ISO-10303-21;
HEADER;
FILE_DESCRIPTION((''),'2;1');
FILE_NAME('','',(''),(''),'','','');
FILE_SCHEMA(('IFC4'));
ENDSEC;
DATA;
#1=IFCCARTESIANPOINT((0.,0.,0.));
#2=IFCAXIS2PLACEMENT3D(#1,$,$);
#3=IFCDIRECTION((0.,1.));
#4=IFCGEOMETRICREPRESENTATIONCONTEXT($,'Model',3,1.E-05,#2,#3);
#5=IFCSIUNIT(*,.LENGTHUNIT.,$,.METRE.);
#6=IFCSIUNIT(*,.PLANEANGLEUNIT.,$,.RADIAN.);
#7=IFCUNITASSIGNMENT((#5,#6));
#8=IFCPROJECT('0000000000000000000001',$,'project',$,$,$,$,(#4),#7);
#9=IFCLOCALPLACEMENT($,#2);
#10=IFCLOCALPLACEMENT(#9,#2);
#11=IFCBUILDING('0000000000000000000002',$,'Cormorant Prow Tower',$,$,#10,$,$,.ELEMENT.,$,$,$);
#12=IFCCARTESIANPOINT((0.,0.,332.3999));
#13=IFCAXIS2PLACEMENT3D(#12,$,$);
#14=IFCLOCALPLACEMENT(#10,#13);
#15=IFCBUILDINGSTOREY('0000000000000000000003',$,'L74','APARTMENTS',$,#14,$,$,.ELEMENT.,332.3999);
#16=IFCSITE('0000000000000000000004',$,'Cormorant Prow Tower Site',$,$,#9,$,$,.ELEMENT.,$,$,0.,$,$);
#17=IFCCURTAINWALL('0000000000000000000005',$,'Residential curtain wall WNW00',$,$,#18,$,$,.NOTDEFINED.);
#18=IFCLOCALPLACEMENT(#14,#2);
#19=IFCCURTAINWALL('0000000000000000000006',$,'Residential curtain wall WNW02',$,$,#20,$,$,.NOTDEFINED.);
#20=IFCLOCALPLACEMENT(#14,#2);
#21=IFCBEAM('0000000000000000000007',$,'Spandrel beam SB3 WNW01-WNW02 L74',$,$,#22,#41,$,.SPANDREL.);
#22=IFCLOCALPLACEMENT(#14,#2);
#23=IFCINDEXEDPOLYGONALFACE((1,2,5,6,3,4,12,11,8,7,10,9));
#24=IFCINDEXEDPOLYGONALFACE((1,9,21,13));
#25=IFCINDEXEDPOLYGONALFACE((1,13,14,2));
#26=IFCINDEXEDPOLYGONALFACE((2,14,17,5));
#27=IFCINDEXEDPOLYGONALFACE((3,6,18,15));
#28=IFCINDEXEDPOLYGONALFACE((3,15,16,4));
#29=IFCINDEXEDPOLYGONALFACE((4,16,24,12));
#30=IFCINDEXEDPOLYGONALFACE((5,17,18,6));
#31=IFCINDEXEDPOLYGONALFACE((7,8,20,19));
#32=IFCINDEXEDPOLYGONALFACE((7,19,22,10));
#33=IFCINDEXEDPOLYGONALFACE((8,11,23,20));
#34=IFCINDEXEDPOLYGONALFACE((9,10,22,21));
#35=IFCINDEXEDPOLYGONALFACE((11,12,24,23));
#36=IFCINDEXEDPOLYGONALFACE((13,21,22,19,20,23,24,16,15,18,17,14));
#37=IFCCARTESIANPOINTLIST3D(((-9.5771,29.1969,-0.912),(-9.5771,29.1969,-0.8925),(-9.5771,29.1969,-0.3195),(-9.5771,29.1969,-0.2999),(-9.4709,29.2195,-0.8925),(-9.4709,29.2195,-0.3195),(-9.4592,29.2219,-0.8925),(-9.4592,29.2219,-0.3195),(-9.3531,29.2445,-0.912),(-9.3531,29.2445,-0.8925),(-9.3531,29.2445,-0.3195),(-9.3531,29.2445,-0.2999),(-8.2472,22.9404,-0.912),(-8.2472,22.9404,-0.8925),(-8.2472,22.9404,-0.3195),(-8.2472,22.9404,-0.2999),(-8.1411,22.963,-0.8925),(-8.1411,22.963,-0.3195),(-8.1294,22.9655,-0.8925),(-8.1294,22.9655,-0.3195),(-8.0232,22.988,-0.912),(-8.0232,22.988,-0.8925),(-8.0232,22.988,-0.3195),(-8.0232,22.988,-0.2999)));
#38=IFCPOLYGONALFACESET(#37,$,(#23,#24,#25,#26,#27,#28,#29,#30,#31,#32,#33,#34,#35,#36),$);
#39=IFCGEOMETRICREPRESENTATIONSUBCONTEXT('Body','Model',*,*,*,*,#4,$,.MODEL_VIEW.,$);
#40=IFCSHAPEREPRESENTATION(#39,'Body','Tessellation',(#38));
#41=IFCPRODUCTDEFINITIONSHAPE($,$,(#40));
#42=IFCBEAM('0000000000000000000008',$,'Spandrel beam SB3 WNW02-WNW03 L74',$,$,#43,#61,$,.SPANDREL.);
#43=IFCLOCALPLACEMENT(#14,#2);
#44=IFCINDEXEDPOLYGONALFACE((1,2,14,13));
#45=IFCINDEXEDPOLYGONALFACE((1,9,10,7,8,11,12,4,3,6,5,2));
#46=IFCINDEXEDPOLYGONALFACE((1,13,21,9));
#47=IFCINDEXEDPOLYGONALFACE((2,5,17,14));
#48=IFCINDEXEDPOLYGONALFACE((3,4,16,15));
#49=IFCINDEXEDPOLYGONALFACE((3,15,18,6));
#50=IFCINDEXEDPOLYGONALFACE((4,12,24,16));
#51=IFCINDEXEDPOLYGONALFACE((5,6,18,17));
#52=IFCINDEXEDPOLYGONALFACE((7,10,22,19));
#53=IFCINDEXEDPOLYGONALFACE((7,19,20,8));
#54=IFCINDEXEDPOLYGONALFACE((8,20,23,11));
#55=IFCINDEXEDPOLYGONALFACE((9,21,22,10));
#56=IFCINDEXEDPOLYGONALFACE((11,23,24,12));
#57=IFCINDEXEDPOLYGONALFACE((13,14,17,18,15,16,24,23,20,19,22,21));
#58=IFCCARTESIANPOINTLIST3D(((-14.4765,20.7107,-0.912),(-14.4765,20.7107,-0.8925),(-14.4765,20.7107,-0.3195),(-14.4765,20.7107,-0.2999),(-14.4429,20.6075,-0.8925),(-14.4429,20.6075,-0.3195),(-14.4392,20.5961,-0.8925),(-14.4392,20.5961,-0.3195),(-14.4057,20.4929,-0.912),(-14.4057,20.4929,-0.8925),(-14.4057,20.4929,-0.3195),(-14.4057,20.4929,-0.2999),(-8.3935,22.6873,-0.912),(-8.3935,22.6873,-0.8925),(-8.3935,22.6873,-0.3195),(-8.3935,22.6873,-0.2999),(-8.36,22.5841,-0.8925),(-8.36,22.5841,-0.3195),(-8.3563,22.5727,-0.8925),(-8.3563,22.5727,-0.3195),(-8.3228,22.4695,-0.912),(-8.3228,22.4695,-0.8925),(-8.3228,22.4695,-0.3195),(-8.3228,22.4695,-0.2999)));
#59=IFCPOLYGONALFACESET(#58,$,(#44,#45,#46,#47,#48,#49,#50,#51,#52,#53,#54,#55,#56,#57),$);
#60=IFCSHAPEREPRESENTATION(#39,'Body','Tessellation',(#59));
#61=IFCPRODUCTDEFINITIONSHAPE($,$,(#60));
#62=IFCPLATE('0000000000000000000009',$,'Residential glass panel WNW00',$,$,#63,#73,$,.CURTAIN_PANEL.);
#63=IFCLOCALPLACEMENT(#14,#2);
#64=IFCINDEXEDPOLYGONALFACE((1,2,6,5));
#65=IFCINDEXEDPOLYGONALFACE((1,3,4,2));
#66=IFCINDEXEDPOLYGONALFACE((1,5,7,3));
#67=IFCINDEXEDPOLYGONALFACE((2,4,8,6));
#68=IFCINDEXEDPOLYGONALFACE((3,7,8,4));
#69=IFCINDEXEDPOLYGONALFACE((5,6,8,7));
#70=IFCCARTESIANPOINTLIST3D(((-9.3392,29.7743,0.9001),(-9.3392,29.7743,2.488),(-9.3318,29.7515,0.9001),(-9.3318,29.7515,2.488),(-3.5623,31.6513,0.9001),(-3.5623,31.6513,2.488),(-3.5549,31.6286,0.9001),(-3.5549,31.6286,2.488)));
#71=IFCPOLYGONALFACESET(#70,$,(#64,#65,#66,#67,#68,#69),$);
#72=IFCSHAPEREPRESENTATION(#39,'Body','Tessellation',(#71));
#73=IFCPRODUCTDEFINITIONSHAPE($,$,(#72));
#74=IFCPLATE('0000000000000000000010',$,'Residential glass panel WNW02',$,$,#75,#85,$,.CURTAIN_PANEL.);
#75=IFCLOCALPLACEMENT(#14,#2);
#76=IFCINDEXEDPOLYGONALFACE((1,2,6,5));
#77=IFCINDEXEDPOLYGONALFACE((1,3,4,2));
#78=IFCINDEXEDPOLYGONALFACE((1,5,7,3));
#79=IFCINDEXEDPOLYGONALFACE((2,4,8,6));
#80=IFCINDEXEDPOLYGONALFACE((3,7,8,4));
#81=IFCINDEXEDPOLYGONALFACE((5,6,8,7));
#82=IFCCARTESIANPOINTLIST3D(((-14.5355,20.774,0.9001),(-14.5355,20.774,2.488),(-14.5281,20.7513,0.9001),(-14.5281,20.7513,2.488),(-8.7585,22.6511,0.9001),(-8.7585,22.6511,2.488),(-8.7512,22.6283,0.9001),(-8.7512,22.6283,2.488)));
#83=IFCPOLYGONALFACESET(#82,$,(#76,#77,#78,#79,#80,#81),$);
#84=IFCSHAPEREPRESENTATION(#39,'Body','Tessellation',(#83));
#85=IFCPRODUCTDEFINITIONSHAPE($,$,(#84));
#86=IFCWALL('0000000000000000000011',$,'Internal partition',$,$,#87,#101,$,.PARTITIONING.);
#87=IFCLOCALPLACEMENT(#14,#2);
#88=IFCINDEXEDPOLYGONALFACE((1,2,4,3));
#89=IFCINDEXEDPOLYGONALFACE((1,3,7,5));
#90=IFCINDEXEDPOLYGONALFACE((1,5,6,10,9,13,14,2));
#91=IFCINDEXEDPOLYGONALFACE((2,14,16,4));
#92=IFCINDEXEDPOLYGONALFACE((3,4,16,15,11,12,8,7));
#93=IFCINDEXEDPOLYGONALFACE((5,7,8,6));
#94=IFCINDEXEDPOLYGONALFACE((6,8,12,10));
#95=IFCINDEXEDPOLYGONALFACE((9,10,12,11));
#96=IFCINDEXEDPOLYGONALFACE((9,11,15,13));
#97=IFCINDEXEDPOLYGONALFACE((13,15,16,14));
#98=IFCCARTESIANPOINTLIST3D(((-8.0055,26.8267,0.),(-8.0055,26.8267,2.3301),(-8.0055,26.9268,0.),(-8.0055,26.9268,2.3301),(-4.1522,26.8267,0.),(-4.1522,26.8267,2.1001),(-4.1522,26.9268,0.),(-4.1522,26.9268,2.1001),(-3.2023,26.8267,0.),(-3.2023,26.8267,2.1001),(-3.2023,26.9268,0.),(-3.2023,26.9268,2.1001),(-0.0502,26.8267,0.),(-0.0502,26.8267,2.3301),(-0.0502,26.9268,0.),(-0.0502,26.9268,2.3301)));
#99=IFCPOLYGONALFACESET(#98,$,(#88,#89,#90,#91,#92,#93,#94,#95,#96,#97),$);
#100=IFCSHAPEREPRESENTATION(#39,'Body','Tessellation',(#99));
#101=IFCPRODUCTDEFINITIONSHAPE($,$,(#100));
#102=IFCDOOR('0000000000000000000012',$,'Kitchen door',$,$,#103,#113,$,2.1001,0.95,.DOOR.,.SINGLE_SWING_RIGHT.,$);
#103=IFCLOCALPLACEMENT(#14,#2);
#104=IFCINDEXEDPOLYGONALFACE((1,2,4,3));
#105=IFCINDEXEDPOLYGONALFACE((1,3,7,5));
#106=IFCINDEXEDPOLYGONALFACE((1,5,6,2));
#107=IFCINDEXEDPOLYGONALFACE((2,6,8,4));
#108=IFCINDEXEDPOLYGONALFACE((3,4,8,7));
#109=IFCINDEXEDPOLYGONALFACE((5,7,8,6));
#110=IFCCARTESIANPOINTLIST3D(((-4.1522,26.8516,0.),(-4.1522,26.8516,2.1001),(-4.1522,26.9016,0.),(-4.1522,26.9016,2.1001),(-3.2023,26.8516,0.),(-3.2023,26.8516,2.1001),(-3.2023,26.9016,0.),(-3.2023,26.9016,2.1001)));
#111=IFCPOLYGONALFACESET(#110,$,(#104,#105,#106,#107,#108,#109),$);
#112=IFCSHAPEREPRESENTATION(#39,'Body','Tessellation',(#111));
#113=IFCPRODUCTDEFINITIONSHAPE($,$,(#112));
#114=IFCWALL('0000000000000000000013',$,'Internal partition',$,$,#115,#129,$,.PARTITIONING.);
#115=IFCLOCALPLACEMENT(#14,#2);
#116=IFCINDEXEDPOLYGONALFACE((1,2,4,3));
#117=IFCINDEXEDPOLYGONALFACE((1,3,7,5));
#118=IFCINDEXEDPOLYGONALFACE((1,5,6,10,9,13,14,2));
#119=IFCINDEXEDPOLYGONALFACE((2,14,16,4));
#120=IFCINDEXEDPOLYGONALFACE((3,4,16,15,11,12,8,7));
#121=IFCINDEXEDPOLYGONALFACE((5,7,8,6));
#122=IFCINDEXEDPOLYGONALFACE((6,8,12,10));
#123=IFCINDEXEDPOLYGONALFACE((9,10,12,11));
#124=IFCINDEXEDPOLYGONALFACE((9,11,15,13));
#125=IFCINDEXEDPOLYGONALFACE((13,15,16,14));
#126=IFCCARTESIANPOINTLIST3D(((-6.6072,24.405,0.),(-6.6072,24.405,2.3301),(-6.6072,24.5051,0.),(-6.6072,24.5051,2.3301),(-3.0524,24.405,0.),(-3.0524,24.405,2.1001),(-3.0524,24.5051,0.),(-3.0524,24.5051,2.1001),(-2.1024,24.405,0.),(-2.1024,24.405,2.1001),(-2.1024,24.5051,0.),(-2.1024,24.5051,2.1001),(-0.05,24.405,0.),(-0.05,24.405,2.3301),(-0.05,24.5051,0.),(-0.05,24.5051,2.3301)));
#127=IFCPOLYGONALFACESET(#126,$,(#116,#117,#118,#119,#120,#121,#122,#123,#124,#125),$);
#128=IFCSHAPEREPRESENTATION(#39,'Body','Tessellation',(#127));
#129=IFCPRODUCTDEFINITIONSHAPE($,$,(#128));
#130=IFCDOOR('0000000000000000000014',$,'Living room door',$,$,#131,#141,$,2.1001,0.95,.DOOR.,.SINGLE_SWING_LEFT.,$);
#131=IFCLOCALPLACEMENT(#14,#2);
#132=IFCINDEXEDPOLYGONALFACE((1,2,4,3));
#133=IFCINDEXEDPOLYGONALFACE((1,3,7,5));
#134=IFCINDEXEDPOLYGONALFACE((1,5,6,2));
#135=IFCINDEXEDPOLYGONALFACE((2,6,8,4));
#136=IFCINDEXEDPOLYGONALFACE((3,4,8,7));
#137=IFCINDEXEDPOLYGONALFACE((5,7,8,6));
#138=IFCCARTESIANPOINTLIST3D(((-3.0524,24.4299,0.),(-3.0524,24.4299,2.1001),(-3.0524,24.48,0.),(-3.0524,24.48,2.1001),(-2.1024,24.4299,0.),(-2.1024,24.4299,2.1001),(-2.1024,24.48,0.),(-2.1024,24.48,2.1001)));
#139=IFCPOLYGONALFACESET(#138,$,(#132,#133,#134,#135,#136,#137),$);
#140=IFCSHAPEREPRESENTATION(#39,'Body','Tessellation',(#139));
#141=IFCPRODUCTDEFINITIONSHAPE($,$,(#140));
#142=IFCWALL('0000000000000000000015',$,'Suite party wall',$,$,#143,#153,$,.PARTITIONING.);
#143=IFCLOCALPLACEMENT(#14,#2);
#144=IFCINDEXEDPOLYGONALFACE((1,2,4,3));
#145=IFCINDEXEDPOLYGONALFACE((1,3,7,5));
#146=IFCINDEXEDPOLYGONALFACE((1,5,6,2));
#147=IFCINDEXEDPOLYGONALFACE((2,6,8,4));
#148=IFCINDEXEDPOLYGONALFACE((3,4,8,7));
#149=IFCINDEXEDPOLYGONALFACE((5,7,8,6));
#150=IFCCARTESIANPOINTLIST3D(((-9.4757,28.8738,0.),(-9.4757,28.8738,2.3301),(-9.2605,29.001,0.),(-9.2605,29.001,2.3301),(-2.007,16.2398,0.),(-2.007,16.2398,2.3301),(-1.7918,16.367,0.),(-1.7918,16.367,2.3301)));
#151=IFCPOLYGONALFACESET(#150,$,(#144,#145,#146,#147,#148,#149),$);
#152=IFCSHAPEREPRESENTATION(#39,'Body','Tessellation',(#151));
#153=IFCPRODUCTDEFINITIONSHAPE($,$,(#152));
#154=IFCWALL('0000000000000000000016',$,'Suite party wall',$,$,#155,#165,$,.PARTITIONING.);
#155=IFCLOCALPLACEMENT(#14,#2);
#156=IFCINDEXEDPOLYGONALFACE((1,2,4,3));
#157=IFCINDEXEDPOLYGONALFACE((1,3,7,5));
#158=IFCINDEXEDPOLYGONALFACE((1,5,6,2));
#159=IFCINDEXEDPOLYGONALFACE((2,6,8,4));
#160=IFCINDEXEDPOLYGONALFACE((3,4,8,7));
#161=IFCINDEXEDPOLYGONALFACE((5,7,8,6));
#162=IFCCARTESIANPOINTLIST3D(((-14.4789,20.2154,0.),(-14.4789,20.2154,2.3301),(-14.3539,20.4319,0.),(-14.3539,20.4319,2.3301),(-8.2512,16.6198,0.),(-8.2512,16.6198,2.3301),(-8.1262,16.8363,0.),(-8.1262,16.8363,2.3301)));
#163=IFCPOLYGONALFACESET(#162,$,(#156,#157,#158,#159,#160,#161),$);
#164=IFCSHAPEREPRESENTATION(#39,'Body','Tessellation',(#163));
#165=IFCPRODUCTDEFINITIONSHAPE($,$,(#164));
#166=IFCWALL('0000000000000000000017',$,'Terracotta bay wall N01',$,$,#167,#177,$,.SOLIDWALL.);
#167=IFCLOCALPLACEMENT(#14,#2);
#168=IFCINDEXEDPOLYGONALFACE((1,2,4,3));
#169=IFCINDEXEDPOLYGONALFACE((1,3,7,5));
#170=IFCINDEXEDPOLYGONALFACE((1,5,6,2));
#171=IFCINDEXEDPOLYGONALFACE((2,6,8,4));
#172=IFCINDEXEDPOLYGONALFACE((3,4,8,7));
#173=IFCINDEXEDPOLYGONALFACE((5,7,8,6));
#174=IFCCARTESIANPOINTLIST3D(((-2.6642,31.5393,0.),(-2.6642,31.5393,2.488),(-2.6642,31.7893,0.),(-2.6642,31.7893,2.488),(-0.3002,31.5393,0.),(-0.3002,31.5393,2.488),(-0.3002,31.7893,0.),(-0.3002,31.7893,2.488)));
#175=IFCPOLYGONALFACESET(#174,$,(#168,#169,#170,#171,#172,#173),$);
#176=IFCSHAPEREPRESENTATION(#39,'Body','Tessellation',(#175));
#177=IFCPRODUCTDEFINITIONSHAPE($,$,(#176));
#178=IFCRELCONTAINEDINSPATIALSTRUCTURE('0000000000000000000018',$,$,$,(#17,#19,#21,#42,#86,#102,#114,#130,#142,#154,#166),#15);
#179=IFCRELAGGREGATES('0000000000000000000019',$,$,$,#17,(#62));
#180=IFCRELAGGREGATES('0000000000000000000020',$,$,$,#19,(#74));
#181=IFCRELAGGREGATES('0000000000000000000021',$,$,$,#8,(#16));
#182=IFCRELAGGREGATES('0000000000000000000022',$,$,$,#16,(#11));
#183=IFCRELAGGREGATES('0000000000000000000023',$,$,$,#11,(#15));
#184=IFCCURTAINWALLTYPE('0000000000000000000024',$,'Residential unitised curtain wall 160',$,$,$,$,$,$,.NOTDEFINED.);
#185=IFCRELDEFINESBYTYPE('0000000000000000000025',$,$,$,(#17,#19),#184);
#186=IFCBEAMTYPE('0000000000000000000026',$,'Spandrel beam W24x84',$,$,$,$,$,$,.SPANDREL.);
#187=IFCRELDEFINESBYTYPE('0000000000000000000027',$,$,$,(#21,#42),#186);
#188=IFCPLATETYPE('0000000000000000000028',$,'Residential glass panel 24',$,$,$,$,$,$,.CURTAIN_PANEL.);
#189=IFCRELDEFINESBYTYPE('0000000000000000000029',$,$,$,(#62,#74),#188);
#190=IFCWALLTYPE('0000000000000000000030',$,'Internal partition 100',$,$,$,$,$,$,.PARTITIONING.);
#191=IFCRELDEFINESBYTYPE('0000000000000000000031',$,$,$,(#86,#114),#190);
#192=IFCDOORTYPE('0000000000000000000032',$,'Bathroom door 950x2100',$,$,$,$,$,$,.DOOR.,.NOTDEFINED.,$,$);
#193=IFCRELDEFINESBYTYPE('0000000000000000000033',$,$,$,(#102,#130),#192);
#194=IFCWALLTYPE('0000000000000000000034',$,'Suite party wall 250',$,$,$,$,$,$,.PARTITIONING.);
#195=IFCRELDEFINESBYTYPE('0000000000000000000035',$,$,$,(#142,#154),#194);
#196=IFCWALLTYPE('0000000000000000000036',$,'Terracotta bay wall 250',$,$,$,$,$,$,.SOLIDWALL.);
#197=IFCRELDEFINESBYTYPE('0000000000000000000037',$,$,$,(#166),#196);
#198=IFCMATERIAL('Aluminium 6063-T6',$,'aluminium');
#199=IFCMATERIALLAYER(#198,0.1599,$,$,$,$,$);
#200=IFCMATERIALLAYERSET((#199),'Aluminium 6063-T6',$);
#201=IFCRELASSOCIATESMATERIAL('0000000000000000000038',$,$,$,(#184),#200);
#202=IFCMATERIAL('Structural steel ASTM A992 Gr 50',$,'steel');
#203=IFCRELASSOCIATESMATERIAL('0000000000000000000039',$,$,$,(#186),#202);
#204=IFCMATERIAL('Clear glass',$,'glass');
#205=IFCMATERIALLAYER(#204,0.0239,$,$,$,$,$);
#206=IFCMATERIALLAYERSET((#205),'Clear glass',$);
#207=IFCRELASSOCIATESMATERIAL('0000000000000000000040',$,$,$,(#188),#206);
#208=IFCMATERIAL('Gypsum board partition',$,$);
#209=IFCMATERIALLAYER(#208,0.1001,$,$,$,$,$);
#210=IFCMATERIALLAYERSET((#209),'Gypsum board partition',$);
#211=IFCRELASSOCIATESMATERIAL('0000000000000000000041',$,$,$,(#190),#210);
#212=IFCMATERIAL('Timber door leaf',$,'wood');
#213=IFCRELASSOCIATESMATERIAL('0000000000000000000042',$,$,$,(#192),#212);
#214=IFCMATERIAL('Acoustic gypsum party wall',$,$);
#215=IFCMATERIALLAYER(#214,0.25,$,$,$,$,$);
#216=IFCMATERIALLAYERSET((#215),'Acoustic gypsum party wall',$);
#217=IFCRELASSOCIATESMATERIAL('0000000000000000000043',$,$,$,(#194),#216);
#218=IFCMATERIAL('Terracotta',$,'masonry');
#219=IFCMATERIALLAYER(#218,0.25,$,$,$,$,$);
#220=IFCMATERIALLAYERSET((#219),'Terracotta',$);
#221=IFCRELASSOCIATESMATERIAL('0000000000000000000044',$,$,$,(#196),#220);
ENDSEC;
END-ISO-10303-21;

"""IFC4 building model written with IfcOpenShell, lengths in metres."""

from ifc_helpers import new_model, si_unit, direction, frame, frame_2d, origin, origin_2d, place, context, subcontext, project, spatial, rectangle, i_section, extrude, material, layer, layer_set, material_profile, profile_set, type_object, element, fill, aggregate, save


model = new_model("IFC4")

# Units and contexts
model_context = context("Model", 3, precision=1e-05, world=origin(), true_north=direction((0.0, 1.0)))
body_context = subcontext(model_context, "Body", "Model", "MODEL_VIEW")
ifc_project = project(units=[si_unit("LENGTHUNIT", "METRE"), si_unit("PLANEANGLEUNIT", "RADIAN")], contexts=[model_context])

# Site, building, storey
site_placement = place(None, origin())
site = spatial("IfcSite", under=ifc_project, at=site_placement, Name="Cormorant Prow Tower Site", CompositionType="ELEMENT", RefElevation=0.0)
building_placement = place(site_placement, origin())
building = spatial("IfcBuilding", under=site, at=building_placement, Name="Cormorant Prow Tower", CompositionType="ELEMENT")
storey_placement = place(building_placement, frame((0.0, 0.0, 332.3999)))
storey = spatial("IfcBuildingStorey", under=building, at=storey_placement, Name="L74", Description="APARTMENTS", CompositionType="ELEMENT", Elevation=332.3999)

# Curtain walls
ifc_material_1 = material(Name="Aluminium 6063-T6", Category="aluminium")
ifc_layer_1 = layer(ifc_material_1, 0.1599)
ifc_layer_set_1 = layer_set([ifc_layer_1], Name="Aluminium 6063-T6")
curtain_wall_type = type_object("IfcCurtainWallType", Name="Residential unitised curtain wall 160", PredefinedType="NOTDEFINED", material=ifc_layer_set_1)
curtain_wall_1_placement = place(storey_placement, origin())
curtain_wall_1 = element("IfcCurtainWall", 1, at=curtain_wall_1_placement, inside=storey, type_object=curtain_wall_type, Name="Residential curtain wall WNW00", PredefinedType="NOTDEFINED")
curtain_wall_2_placement = place(storey_placement, origin())
curtain_wall_2 = element("IfcCurtainWall", 2, at=curtain_wall_2_placement, inside=storey, type_object=curtain_wall_type, Name="Residential curtain wall WNW02", PredefinedType="NOTDEFINED")

# Beams
ifc_material_2 = material(Name="Structural steel ASTM A992 Gr 50", Category="steel")
ifc_material_profile_1 = material_profile(ifc_material_2, i_section(OverallWidth=0.229, OverallDepth=0.6121, WebThickness=0.012, FlangeThickness=0.0195, at=origin_2d()), Name="W24x84")
ifc_profile_set_1 = profile_set([ifc_material_profile_1], Name="Structural steel ASTM A992 Gr 50")
beam_type = type_object("IfcBeamType", Name="Spandrel beam W24x84", PredefinedType="SPANDREL", material=ifc_profile_set_1)
beam_1_placement = place(storey_placement, frame((-9.4651, 29.2207, -0.606), z_axis=(0.207913, -0.978147, 0.0), x_axis=(0.978147, 0.207913, 0.0)))
element("IfcBeam", 3, at=beam_1_placement, inside=storey, type_object=beam_type, Name="Spandrel beam SB3 WNW01-WNW02 L74", PredefinedType="SPANDREL", context=body_context, shape_type="SweptSolid", body=[
    extrude(i_section(OverallWidth=0.229, OverallDepth=0.6121, WebThickness=0.012, FlangeThickness=0.0195, at=origin_2d()), origin(), (0.0, 0.0, 1.0), 6.3962),
])
beam_2_placement = place(storey_placement, frame((-8.3582, 22.5784, -0.606), z_axis=(-0.951053, -0.309027, 0.0), x_axis=(0.309027, -0.951053, 0.0)))
element("IfcBeam", 4, at=beam_2_placement, inside=storey, type_object=beam_type, Name="Spandrel beam SB3 WNW02-WNW03 L74", PredefinedType="SPANDREL", context=body_context, shape_type="SweptSolid", body=[
    extrude(i_section(OverallWidth=0.229, OverallDepth=0.6121, WebThickness=0.012, FlangeThickness=0.0195, at=origin_2d()), origin(), (0.0, 0.0, 1.0), 6.396),
])

# Plates
ifc_material_3 = material(Name="Clear glass", Category="glass")
ifc_layer_2 = layer(ifc_material_3, 0.0239)
ifc_layer_set_2 = layer_set([ifc_layer_2], Name="Clear glass")
plate_type = type_object("IfcPlateType", Name="Residential glass panel 24", PredefinedType="CURTAIN_PANEL", material=ifc_layer_set_2)
plate_1_placement = place(storey_placement, frame((-6.447, 30.7014, 0.9001), z_axis=(0.0, 0.0, 1.0), x_axis=(-0.951057, -0.309017, 0.0)))
plate_1 = element("IfcPlate", 5, at=plate_1_placement, type_object=plate_type, Name="Residential glass panel WNW00", PredefinedType="CURTAIN_PANEL", context=body_context, shape_type="SweptSolid", body=[
    extrude(rectangle(XDim=6.0742, YDim=0.0239, at=origin_2d()), origin(), (0.0, 0.0, 1.0), 1.5879),
])
aggregate(curtain_wall_1, [plate_1])
plate_2_placement = place(storey_placement, frame((-11.6433, 21.7012, 0.9001), z_axis=(0.0, 0.0, 1.0), x_axis=(-0.951057, -0.309017, 0.0)))
plate_2 = element("IfcPlate", 6, at=plate_2_placement, type_object=plate_type, Name="Residential glass panel WNW02", PredefinedType="CURTAIN_PANEL", context=body_context, shape_type="SweptSolid", body=[
    extrude(rectangle(XDim=6.0742, YDim=0.0239, at=origin_2d()), origin(), (0.0, 0.0, 1.0), 1.5879),
])
aggregate(curtain_wall_2, [plate_2])

# Walls, openings, doors
ifc_material_4 = material(Name="Gypsum board partition")
ifc_layer_3 = layer(ifc_material_4, 0.1001)
ifc_layer_set_3 = layer_set([ifc_layer_3], Name="Gypsum board partition")
wall_type_1 = type_object("IfcWallType", Name="Internal partition 100", PredefinedType="PARTITIONING", material=ifc_layer_set_3)
wall_1_placement = place(storey_placement, frame((-8.0054, 26.8767, 0.0), z_axis=(0.0, 0.0, 1.0), x_axis=(1.0, 0.0, 0.0)))
wall_1 = element("IfcWall", 7, at=wall_1_placement, inside=storey, type_object=wall_type_1, Name="Internal partition", PredefinedType="PARTITIONING", context=body_context, shape_type="SweptSolid", body=[
    extrude(rectangle(XDim=7.9553, YDim=0.1001, at=frame_2d((3.9775, 0.0))), origin(), (0.0, 0.0, 1.0), 2.3301),
])
opening_1_placement = place(wall_1_placement, frame((3.853, 0.0, 0.0)))
opening_1 = element("IfcOpeningElement", 8, at=opening_1_placement, cuts=wall_1, PredefinedType="OPENING", context=body_context, shape_type="SweptSolid", body=[
    extrude(rectangle(XDim=0.95, YDim=2.1001, at=frame_2d((0.4751, 1.05))), frame((0.0, 0.0601, 0.0), z_axis=(0.0, -1.0, 0.0), x_axis=(1.0, 0.0, 0.0)), (0.0, 0.0, 1.0), 0.1201),
])
ifc_material_5 = material(Name="Timber door leaf", Category="wood")
door_type_1 = type_object("IfcDoorType", Name="Bathroom door 950x2100", OperationType="NOTDEFINED", PredefinedType="DOOR", material=ifc_material_5)
door_1_placement = place(opening_1_placement, origin())
door_1 = element("IfcDoor", 9, at=door_1_placement, inside=storey, type_object=door_type_1, Name="Kitchen door", OperationType="SINGLE_SWING_RIGHT", OverallHeight=2.1001, OverallWidth=0.95, PredefinedType="DOOR", context=body_context, shape_type="SweptSolid", body=[
    extrude(rectangle(XDim=0.95, YDim=2.1001, at=frame_2d((0.4751, 1.05))), frame((0.0, 0.0249, 0.0), z_axis=(0.0, -1.0, 0.0), x_axis=(1.0, 0.0, 0.0)), (0.0, 0.0, 1.0), 0.05),
])
fill(opening_1, door_1)
wall_2_placement = place(storey_placement, frame((-6.6072, 24.4551, 0.0), z_axis=(0.0, 0.0, 1.0), x_axis=(1.0, 0.0, 0.0)))
wall_2 = element("IfcWall", 10, at=wall_2_placement, inside=storey, type_object=wall_type_1, Name="Internal partition", PredefinedType="PARTITIONING", context=body_context, shape_type="SweptSolid", body=[
    extrude(rectangle(XDim=6.5571, YDim=0.1001, at=frame_2d((3.2786, 0.0))), origin(), (0.0, 0.0, 1.0), 2.3301),
])
opening_2_placement = place(wall_2_placement, frame((3.5547, 0.0, 0.0)))
opening_2 = element("IfcOpeningElement", 11, at=opening_2_placement, cuts=wall_2, PredefinedType="OPENING", context=body_context, shape_type="SweptSolid", body=[
    extrude(rectangle(XDim=0.95, YDim=2.1001, at=frame_2d((0.4751, 1.05))), frame((0.0, 0.0601, 0.0), z_axis=(0.0, -1.0, 0.0), x_axis=(1.0, 0.0, 0.0)), (0.0, 0.0, 1.0), 0.1201),
])
door_2_placement = place(opening_2_placement, origin())
door_2 = element("IfcDoor", 12, at=door_2_placement, inside=storey, type_object=door_type_1, Name="Living room door", OperationType="SINGLE_SWING_LEFT", OverallHeight=2.1001, OverallWidth=0.95, PredefinedType="DOOR", context=body_context, shape_type="SweptSolid", body=[
    extrude(rectangle(XDim=0.95, YDim=2.1001, at=frame_2d((0.4751, 1.05))), frame((0.0, 0.0249, 0.0), z_axis=(0.0, -1.0, 0.0), x_axis=(1.0, 0.0, 0.0)), (0.0, 0.0, 1.0), 0.05),
])
fill(opening_2, door_2)

# Walls
ifc_material_6 = material(Name="Acoustic gypsum party wall")
ifc_layer_4 = layer(ifc_material_6, 0.25)
ifc_layer_set_4 = layer_set([ifc_layer_4], Name="Acoustic gypsum party wall")
wall_type_2 = type_object("IfcWallType", Name="Suite party wall 250", PredefinedType="PARTITIONING", material=ifc_layer_set_4)
wall_3_placement = place(storey_placement, frame((-9.3682, 28.9375, 0.0), z_axis=(0.0, 0.0, 1.0), x_axis=(0.50889, -0.860831, 0.0)))
element("IfcWall", 13, at=wall_3_placement, inside=storey, type_object=wall_type_2, Name="Suite party wall", PredefinedType="PARTITIONING", context=body_context, shape_type="SweptSolid", body=[
    extrude(rectangle(XDim=14.6765, YDim=0.25, at=frame_2d((7.3384, 0.0))), origin(), (0.0, 0.0, 1.0), 2.3301),
])
wall_4_placement = place(storey_placement, frame((-14.4165, 20.3237, 0.0), z_axis=(0.0, 0.0, 1.0), x_axis=(0.86602, -0.500009, 0.0)))
element("IfcWall", 14, at=wall_4_placement, inside=storey, type_object=wall_type_2, Name="Suite party wall", PredefinedType="PARTITIONING", context=body_context, shape_type="SweptSolid", body=[
    extrude(rectangle(XDim=7.1912, YDim=0.25, at=frame_2d((3.5957, 0.0))), origin(), (0.0, 0.0, 1.0), 2.3301),
])
ifc_material_7 = material(Name="Terracotta", Category="masonry")
ifc_layer_5 = layer(ifc_material_7, 0.25)
ifc_layer_set_5 = layer_set([ifc_layer_5], Name="Terracotta")
wall_type_3 = type_object("IfcWallType", Name="Terracotta bay wall 250", PredefinedType="SOLIDWALL", material=ifc_layer_set_5)
wall_5_placement = place(storey_placement, frame((-0.3, 31.6643, 0.0), z_axis=(0.0, 0.0, 1.0), x_axis=(-1.0, 0.0, 0.0)))
element("IfcWall", 15, at=wall_5_placement, inside=storey, type_object=wall_type_3, Name="Terracotta bay wall N01", PredefinedType="SOLIDWALL", context=body_context, shape_type="SweptSolid", body=[
    extrude(rectangle(XDim=2.364, YDim=0.25, at=frame_2d((1.1821, 0.0))), origin(), (0.0, 0.0, 1.0), 2.488),
])

save(model, "model.ifc")
